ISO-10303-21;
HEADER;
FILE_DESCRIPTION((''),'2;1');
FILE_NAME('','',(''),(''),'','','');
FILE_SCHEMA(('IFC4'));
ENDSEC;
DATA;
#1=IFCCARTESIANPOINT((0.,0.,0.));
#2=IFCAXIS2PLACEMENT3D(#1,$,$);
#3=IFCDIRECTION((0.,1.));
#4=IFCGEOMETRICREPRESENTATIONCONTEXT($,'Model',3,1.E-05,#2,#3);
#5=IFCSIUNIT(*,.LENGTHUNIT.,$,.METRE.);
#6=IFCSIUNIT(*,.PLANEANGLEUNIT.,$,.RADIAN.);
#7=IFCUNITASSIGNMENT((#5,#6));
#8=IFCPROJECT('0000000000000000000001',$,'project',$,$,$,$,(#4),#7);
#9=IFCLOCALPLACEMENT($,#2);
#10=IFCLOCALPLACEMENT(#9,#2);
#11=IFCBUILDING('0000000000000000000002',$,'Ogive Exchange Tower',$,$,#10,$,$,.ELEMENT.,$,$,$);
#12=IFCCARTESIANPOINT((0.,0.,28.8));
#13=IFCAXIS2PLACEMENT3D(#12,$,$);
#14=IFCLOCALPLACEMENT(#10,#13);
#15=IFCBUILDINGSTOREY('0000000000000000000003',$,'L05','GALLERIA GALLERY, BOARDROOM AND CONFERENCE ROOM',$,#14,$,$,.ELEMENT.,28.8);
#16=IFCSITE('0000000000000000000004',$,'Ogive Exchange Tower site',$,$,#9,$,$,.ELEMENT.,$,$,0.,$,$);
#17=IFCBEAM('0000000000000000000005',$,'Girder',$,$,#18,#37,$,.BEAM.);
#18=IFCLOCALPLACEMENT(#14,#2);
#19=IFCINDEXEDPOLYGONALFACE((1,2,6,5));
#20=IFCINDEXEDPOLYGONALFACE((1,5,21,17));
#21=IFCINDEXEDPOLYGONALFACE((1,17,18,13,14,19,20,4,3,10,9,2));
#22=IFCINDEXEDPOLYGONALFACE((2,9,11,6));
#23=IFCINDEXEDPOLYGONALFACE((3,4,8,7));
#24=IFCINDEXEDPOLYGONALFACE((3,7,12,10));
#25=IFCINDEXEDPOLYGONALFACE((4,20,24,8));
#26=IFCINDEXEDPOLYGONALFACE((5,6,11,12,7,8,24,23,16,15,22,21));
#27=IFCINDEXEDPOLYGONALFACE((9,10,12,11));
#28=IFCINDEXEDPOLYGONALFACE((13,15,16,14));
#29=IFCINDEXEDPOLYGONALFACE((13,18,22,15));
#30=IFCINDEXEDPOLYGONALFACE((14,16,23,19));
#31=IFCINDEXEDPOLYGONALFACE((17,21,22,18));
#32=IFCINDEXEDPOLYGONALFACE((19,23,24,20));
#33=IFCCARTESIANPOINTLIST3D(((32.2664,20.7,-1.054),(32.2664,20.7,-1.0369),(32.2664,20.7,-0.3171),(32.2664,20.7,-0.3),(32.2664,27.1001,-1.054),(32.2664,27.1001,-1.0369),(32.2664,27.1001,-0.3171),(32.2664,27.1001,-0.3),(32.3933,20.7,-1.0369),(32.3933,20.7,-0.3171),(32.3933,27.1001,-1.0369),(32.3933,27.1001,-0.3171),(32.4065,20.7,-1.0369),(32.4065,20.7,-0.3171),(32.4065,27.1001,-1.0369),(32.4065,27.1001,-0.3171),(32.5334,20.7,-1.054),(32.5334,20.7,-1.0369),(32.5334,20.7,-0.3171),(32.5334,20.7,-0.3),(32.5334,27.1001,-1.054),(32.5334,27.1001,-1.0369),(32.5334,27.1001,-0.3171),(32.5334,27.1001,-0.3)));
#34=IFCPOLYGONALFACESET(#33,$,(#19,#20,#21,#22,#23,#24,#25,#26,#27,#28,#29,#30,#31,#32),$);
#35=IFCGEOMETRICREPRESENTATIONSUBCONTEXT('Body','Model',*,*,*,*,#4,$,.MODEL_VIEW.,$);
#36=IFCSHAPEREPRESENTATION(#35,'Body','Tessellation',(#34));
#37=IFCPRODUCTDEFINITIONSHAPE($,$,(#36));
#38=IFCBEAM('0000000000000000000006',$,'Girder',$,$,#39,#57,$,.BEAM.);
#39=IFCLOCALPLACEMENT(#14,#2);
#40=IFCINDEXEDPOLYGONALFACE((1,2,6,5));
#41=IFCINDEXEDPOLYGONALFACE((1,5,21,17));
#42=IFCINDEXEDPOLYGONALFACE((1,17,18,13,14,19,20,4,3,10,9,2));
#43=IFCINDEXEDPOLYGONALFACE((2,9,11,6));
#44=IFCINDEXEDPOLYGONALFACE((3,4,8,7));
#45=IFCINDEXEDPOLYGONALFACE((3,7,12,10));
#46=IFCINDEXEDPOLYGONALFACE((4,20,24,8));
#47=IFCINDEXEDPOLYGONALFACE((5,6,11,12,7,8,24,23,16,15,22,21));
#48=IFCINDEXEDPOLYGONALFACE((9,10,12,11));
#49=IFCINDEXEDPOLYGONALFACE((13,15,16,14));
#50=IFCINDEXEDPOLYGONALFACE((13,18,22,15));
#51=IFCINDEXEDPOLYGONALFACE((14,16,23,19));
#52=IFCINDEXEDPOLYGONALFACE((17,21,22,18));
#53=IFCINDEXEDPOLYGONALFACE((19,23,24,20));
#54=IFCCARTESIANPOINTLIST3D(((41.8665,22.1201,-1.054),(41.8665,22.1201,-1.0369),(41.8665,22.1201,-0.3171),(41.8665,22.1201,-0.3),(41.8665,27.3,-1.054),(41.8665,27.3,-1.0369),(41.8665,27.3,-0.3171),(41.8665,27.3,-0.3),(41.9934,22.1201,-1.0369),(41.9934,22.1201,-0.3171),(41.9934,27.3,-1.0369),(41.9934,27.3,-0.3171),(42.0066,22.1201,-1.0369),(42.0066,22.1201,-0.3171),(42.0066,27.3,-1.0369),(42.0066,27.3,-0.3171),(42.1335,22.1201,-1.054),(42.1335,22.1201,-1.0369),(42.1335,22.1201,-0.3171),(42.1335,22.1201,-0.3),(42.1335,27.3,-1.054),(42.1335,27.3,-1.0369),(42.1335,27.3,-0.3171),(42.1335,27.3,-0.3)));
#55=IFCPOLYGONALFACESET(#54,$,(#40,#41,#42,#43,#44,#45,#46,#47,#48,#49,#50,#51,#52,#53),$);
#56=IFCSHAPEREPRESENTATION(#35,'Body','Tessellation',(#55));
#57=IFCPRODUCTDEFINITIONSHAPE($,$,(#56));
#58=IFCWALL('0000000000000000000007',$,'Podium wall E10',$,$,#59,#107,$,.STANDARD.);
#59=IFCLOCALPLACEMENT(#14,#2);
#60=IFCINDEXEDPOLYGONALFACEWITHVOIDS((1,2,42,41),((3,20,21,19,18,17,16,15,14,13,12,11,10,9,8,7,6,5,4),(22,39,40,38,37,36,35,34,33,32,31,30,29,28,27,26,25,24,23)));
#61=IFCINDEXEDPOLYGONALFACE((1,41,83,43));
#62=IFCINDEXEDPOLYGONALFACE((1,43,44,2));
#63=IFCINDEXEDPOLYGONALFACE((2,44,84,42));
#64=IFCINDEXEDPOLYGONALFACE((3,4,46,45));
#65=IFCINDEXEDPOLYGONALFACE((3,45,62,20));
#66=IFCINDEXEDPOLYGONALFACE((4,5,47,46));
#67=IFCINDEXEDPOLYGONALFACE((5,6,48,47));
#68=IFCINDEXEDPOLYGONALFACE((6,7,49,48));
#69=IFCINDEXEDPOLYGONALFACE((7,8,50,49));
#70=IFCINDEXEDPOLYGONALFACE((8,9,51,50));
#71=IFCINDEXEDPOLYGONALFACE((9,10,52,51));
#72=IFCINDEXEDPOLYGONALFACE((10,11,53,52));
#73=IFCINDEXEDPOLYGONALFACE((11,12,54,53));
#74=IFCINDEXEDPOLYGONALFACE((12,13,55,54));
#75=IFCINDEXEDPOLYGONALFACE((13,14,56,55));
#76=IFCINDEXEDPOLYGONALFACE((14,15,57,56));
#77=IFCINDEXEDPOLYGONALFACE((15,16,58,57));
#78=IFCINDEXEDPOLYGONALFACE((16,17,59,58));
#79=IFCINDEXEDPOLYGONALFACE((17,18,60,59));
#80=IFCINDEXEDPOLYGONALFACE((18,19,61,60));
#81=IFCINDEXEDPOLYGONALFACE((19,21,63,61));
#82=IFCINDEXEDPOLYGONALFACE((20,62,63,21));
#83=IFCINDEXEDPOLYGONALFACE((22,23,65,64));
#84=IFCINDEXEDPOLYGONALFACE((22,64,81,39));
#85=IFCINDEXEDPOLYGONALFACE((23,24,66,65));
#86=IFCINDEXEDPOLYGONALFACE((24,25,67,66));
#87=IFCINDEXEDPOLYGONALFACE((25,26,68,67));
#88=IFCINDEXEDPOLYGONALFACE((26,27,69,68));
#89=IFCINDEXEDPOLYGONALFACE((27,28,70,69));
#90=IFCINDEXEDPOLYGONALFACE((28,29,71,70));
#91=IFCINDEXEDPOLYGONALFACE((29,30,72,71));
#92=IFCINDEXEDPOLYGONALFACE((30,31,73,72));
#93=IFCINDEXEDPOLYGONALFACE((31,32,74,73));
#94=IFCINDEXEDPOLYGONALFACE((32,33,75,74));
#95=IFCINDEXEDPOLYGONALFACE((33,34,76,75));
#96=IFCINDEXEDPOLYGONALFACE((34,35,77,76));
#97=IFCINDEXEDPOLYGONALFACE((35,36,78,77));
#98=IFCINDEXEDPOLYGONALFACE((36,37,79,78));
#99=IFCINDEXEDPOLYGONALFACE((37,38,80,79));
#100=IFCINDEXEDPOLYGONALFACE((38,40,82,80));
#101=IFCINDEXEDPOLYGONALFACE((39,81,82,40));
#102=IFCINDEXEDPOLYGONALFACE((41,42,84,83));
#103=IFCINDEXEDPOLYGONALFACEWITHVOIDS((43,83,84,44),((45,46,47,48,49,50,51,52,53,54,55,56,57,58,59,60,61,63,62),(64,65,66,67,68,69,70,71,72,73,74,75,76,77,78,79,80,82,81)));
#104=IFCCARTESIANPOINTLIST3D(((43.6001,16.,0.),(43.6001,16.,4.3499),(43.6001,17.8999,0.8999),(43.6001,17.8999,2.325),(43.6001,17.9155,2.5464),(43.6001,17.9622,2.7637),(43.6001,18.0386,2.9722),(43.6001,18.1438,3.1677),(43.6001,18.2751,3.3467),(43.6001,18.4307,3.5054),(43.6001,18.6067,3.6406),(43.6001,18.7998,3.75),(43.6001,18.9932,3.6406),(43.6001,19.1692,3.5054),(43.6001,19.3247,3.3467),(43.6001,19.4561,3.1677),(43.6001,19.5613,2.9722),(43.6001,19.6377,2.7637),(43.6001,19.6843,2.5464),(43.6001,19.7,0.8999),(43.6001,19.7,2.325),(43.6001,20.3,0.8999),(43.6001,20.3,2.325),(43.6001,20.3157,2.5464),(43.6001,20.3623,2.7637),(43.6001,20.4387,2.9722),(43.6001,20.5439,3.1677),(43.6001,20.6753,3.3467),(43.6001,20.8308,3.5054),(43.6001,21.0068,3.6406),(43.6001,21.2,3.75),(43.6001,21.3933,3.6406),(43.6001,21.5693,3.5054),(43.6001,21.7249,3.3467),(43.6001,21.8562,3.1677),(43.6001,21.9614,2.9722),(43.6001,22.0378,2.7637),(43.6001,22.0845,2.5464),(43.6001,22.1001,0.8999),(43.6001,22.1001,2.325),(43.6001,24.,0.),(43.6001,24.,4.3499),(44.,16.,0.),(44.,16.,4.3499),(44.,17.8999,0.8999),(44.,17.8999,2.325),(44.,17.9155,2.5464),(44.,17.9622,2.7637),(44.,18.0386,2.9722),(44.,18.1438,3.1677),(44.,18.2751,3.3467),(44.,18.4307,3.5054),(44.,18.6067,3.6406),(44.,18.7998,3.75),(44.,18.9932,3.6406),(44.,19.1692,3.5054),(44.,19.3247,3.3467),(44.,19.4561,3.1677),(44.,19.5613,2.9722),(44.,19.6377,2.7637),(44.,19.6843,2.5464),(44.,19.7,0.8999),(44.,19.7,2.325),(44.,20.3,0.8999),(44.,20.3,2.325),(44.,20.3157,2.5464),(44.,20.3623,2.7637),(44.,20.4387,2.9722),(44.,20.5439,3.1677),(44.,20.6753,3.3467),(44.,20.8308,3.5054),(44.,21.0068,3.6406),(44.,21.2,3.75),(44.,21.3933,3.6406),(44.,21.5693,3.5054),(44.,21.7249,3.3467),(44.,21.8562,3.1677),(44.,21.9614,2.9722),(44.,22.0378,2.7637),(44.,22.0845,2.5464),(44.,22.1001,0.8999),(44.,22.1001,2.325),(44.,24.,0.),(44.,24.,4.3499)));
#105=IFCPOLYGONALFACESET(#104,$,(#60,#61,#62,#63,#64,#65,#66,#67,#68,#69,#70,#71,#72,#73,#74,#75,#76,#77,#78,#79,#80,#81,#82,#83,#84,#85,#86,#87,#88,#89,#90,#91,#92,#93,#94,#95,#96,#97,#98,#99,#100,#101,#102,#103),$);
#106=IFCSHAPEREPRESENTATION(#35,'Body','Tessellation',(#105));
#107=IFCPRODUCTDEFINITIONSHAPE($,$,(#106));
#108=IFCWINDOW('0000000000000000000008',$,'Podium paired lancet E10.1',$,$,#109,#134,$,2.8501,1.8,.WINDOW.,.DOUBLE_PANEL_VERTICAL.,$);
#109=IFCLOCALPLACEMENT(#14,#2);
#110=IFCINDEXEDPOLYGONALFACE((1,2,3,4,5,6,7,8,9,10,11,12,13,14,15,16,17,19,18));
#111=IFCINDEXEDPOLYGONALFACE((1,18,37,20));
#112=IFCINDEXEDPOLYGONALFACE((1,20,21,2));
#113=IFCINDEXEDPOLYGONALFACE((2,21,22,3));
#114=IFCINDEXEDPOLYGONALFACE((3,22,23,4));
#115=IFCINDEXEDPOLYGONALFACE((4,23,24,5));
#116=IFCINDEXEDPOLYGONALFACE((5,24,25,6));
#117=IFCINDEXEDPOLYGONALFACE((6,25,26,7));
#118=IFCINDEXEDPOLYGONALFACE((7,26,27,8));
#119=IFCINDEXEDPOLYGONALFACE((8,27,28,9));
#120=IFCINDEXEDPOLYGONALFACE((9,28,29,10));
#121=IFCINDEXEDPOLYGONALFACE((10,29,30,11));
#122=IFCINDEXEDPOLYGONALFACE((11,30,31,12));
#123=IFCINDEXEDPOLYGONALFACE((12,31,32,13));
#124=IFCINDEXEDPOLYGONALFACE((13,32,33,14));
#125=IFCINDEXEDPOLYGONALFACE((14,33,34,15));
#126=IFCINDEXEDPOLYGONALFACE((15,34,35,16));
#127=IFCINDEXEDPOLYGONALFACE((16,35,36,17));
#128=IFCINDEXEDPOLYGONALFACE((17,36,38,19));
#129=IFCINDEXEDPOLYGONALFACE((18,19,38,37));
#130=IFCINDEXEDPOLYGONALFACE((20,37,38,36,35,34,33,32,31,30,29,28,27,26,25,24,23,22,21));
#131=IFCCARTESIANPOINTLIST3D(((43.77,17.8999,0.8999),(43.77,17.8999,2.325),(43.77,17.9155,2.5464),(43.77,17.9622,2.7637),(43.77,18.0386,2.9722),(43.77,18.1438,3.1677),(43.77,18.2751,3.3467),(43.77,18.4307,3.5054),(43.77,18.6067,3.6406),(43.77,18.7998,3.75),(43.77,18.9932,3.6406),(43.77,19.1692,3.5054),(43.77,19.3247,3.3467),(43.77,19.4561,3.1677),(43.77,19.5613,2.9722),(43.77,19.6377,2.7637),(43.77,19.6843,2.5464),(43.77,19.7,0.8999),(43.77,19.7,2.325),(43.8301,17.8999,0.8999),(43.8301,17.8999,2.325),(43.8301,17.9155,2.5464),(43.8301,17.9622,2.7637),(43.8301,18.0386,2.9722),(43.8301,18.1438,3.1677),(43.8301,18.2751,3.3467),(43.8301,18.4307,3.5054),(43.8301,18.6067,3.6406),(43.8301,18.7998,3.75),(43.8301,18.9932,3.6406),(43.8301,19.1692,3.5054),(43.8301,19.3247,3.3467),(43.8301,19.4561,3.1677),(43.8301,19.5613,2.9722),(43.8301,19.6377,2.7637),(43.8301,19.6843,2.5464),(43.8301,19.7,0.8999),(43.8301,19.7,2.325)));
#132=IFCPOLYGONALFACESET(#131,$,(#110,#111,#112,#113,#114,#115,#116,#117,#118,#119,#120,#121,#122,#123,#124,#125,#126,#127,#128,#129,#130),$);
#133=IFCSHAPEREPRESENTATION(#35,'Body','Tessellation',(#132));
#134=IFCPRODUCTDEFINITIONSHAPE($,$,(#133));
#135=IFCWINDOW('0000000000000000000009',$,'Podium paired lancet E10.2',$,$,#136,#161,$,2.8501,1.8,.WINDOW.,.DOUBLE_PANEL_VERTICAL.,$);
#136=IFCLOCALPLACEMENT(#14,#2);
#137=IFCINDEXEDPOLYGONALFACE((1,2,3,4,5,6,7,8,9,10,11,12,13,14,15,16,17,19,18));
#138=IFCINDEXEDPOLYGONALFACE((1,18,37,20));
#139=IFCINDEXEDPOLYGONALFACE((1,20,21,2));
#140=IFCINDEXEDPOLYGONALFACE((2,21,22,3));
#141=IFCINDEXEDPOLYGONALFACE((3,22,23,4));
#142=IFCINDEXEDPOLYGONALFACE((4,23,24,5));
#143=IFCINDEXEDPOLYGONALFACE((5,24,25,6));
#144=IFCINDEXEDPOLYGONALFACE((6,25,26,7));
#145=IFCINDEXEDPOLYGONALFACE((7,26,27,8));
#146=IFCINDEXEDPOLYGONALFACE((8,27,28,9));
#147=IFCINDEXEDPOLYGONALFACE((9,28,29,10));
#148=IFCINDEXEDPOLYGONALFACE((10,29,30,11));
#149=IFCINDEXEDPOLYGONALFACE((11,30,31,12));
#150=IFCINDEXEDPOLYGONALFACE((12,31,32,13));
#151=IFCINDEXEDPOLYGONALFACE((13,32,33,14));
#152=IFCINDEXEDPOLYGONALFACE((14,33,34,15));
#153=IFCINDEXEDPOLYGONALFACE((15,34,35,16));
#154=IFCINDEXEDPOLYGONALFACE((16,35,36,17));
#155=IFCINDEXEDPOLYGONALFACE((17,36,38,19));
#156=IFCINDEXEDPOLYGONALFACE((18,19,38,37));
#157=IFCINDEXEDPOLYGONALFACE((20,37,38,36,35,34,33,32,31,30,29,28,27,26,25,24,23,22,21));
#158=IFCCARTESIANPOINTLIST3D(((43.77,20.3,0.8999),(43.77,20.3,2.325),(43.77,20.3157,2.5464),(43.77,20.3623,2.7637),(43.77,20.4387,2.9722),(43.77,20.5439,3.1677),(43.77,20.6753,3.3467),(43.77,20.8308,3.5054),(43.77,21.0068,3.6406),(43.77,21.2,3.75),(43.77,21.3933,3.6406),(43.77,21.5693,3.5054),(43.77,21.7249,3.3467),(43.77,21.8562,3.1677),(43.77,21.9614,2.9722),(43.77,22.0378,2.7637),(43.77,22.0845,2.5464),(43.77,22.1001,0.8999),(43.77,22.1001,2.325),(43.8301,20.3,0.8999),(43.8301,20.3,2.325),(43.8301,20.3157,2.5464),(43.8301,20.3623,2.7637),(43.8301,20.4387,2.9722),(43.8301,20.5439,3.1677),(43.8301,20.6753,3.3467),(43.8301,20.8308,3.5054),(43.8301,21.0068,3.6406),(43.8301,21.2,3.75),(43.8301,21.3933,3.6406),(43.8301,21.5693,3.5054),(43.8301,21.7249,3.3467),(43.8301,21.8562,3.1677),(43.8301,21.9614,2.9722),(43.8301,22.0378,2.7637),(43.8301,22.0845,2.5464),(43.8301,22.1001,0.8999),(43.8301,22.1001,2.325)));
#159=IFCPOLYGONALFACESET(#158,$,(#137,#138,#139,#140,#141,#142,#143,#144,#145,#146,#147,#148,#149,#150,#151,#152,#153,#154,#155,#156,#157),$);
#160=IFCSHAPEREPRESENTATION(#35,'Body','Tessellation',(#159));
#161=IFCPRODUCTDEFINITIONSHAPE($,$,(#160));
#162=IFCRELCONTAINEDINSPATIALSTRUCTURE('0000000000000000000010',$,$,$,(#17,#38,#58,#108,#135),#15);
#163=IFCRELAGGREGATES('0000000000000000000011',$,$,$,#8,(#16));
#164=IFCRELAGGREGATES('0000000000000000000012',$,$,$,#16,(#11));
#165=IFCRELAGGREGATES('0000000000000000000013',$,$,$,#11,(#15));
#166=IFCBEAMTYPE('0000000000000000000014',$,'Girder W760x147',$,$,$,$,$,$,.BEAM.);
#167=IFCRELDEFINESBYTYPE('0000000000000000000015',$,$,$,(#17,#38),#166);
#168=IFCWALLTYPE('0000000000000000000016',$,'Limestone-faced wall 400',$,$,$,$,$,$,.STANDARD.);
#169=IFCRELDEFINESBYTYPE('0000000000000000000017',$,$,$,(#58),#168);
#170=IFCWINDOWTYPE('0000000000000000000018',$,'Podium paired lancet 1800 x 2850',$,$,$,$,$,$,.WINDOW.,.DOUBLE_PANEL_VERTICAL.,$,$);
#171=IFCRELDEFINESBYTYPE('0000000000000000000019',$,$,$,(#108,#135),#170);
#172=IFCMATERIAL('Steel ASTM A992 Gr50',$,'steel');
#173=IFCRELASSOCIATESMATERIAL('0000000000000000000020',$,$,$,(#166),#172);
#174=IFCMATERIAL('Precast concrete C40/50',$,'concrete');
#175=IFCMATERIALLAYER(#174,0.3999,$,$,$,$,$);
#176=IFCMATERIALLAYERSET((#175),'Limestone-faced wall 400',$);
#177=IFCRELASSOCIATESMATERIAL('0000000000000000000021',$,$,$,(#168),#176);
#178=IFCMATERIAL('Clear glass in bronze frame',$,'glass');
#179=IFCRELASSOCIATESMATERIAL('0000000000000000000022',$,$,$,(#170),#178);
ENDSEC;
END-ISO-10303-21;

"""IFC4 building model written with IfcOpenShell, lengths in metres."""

from ifc_helpers import new_model, si_unit, direction, frame, frame_2d, origin, origin_2d, place, context, subcontext, project, spatial, polyline, rectangle, i_section, outline, extrude, material, layer, layer_set, material_profile, profile_set, type_object, element, fill, save


model = new_model("IFC4")

# Units and contexts
model_context = context("Model", 3, precision=1e-05, world=origin(), true_north=direction((0.0, 1.0)))
body_context = subcontext(model_context, "Body", "Model", "MODEL_VIEW")
ifc_project = project(units=[si_unit("LENGTHUNIT", "METRE"), si_unit("PLANEANGLEUNIT", "RADIAN")], contexts=[model_context])

# Site, building, storey
site_placement = place(None, origin())
site = spatial("IfcSite", under=ifc_project, at=site_placement, Name="Ogive Exchange Tower site", CompositionType="ELEMENT", RefElevation=0.0)
building_placement = place(site_placement, origin())
building = spatial("IfcBuilding", under=site, at=building_placement, Name="Ogive Exchange Tower", CompositionType="ELEMENT")
storey_placement = place(building_placement, frame((0.0, 0.0, 28.8)))
storey = spatial("IfcBuildingStorey", under=building, at=storey_placement, Name="L05", Description="GALLERIA GALLERY, BOARDROOM AND CONFERENCE ROOM", CompositionType="ELEMENT", Elevation=28.8)

# Beams
ifc_material_1 = material(Name="Steel ASTM A992 Gr50", Category="steel")
ifc_material_profile_1 = material_profile(ifc_material_1, i_section(OverallWidth=0.2671, OverallDepth=0.7539, WebThickness=0.0132, FlangeThickness=0.0171, at=origin_2d()), Name="W760x147")
ifc_profile_set_1 = profile_set([ifc_material_profile_1], Name="Steel ASTM A992 Gr50")
beam_type_1 = type_object("IfcBeamType", Name="Girder W760x147", PredefinedType="BEAM", material=ifc_profile_set_1)
beam_1_placement = place(storey_placement, frame((32.3999, 20.7, -0.677), z_axis=(0.0, 1.0, 0.0), x_axis=(-1.0, 0.0, 0.0)))
element("IfcBeam", 1, at=beam_1_placement, inside=storey, type_object=beam_type_1, Name="Girder", PredefinedType="BEAM", context=body_context, shape_type="SweptSolid", body=[
    extrude(i_section(OverallWidth=0.2671, OverallDepth=0.7539, WebThickness=0.0132, FlangeThickness=0.0171, at=origin_2d()), origin(), (0.0, 0.0, 1.0), 6.4001),
])
beam_2_placement = place(storey_placement, frame((42.0, 22.1201, -0.677), z_axis=(0.0, 1.0, 0.0), x_axis=(-1.0, 0.0, 0.0)))
element("IfcBeam", 2, at=beam_2_placement, inside=storey, type_object=beam_type_1, Name="Girder", PredefinedType="BEAM", context=body_context, shape_type="SweptSolid", body=[
    extrude(i_section(OverallWidth=0.2671, OverallDepth=0.7539, WebThickness=0.0132, FlangeThickness=0.0171, at=origin_2d()), origin(), (0.0, 0.0, 1.0), 5.1799),
])

# Wall, openings, windows
ifc_material_2 = material(Name="Precast concrete C40/50", Category="concrete")
ifc_layer_1 = layer(ifc_material_2, 0.3999)
ifc_layer_set_1 = layer_set([ifc_layer_1], Name="Limestone-faced wall 400")
wall_type_1 = type_object("IfcWallType", Name="Limestone-faced wall 400", PredefinedType="STANDARD", material=ifc_layer_set_1)
wall_1_placement = place(storey_placement, frame((43.8, 16.0, 0.0), z_axis=(0.0, 0.0, 1.0), x_axis=(0.0, 1.0, 0.0)))
wall_1 = element("IfcWall", 3, at=wall_1_placement, inside=storey, type_object=wall_type_1, Name="Podium wall E10", PredefinedType="STANDARD", context=body_context, shape_type="SweptSolid", body=[
    extrude(rectangle(XDim=8.0, YDim=0.3999, at=frame_2d((4.0, 0.0))), origin(), (0.0, 0.0, 1.0), 4.3499),
])
opening_1_placement = place(wall_1_placement, frame((1.8999, 0.0, 0.8999)))
opening_1 = element("IfcOpeningElement", 4, at=opening_1_placement, cuts=wall_1, PredefinedType="OPENING", context=body_context, shape_type="SweptSolid", body=[
    extrude(outline(polyline([(0.0, 0.0), (1.8, 0.0), (1.8, 1.425), (1.7844, 1.6465), (1.7378, 1.8638), (1.6614, 2.0723), (1.5562, 2.2678), (1.4248, 2.4468), (1.2693, 2.6055), (1.0933, 2.7407), (0.8999, 2.8501), (0.7068, 2.7407), (0.5308, 2.6055), (0.3752, 2.4468), (0.2439, 2.2678), (0.1387, 2.0723), (0.0623, 1.8638), (0.0156, 1.6465), (0.0, 1.425), (0.0, 0.0)])), frame((0.0, 0.21, 0.0), z_axis=(0.0, -1.0, 0.0), x_axis=(1.0, 0.0, 0.0)), (0.0, 0.0, 1.0), 0.4199),
])
opening_2_placement = place(wall_1_placement, frame((4.3, 0.0, 0.8999)))
opening_2 = element("IfcOpeningElement", 5, at=opening_2_placement, cuts=wall_1, PredefinedType="OPENING", context=body_context, shape_type="SweptSolid", body=[
    extrude(outline(polyline([(0.0, 0.0), (1.8, 0.0), (1.8, 1.425), (1.7844, 1.6465), (1.7378, 1.8638), (1.6614, 2.0723), (1.5562, 2.2678), (1.4248, 2.4468), (1.2693, 2.6055), (1.0933, 2.7407), (0.8999, 2.8501), (0.7068, 2.7407), (0.5308, 2.6055), (0.3752, 2.4468), (0.2439, 2.2678), (0.1387, 2.0723), (0.0623, 1.8638), (0.0156, 1.6465), (0.0, 1.425), (0.0, 0.0)])), frame((0.0, 0.21, 0.0), z_axis=(0.0, -1.0, 0.0), x_axis=(1.0, 0.0, 0.0)), (0.0, 0.0, 1.0), 0.4199),
])
ifc_material_3 = material(Name="Clear glass in bronze frame", Category="glass")
window_type_1 = type_object("IfcWindowType", Name="Podium paired lancet 1800 x 2850", PartitioningType="DOUBLE_PANEL_VERTICAL", PredefinedType="WINDOW", material=ifc_material_3)
window_1_placement = place(opening_1_placement, origin())
window_1 = element("IfcWindow", 6, at=window_1_placement, inside=storey, type_object=window_type_1, Name="Podium paired lancet E10.1", OverallHeight=2.8501, OverallWidth=1.8, PartitioningType="DOUBLE_PANEL_VERTICAL", PredefinedType="WINDOW", context=body_context, shape_type="SweptSolid", body=[
    extrude(outline(polyline([(0.0, 0.0), (1.8, 0.0), (1.8, 1.425), (1.7844, 1.6465), (1.7378, 1.8638), (1.6614, 2.0723), (1.5562, 2.2678), (1.4248, 2.4468), (1.2693, 2.6055), (1.0933, 2.7407), (0.8999, 2.8501), (0.7068, 2.7407), (0.5308, 2.6055), (0.3752, 2.4468), (0.2439, 2.2678), (0.1387, 2.0723), (0.0623, 1.8638), (0.0156, 1.6465), (0.0, 1.425), (0.0, 0.0)])), frame((0.0, 0.03, 0.0), z_axis=(0.0, -1.0, 0.0), x_axis=(1.0, 0.0, 0.0)), (0.0, 0.0, 1.0), 0.0601),
])
fill(opening_1, window_1)
window_2_placement = place(opening_2_placement, origin())
window_2 = element("IfcWindow", 7, at=window_2_placement, inside=storey, type_object=window_type_1, Name="Podium paired lancet E10.2", OverallHeight=2.8501, OverallWidth=1.8, PartitioningType="DOUBLE_PANEL_VERTICAL", PredefinedType="WINDOW", context=body_context, shape_type="SweptSolid", body=[
    extrude(outline(polyline([(0.0, 0.0), (1.8, 0.0), (1.8, 1.425), (1.7844, 1.6465), (1.7378, 1.8638), (1.6614, 2.0723), (1.5562, 2.2678), (1.4248, 2.4468), (1.2693, 2.6055), (1.0933, 2.7407), (0.8999, 2.8501), (0.7068, 2.7407), (0.5308, 2.6055), (0.3752, 2.4468), (0.2439, 2.2678), (0.1387, 2.0723), (0.0623, 1.8638), (0.0156, 1.6465), (0.0, 1.425), (0.0, 0.0)])), frame((0.0, 0.03, 0.0), z_axis=(0.0, -1.0, 0.0), x_axis=(1.0, 0.0, 0.0)), (0.0, 0.0, 1.0), 0.0601),
])
fill(opening_2, window_2)

save(model, "model.ifc")
